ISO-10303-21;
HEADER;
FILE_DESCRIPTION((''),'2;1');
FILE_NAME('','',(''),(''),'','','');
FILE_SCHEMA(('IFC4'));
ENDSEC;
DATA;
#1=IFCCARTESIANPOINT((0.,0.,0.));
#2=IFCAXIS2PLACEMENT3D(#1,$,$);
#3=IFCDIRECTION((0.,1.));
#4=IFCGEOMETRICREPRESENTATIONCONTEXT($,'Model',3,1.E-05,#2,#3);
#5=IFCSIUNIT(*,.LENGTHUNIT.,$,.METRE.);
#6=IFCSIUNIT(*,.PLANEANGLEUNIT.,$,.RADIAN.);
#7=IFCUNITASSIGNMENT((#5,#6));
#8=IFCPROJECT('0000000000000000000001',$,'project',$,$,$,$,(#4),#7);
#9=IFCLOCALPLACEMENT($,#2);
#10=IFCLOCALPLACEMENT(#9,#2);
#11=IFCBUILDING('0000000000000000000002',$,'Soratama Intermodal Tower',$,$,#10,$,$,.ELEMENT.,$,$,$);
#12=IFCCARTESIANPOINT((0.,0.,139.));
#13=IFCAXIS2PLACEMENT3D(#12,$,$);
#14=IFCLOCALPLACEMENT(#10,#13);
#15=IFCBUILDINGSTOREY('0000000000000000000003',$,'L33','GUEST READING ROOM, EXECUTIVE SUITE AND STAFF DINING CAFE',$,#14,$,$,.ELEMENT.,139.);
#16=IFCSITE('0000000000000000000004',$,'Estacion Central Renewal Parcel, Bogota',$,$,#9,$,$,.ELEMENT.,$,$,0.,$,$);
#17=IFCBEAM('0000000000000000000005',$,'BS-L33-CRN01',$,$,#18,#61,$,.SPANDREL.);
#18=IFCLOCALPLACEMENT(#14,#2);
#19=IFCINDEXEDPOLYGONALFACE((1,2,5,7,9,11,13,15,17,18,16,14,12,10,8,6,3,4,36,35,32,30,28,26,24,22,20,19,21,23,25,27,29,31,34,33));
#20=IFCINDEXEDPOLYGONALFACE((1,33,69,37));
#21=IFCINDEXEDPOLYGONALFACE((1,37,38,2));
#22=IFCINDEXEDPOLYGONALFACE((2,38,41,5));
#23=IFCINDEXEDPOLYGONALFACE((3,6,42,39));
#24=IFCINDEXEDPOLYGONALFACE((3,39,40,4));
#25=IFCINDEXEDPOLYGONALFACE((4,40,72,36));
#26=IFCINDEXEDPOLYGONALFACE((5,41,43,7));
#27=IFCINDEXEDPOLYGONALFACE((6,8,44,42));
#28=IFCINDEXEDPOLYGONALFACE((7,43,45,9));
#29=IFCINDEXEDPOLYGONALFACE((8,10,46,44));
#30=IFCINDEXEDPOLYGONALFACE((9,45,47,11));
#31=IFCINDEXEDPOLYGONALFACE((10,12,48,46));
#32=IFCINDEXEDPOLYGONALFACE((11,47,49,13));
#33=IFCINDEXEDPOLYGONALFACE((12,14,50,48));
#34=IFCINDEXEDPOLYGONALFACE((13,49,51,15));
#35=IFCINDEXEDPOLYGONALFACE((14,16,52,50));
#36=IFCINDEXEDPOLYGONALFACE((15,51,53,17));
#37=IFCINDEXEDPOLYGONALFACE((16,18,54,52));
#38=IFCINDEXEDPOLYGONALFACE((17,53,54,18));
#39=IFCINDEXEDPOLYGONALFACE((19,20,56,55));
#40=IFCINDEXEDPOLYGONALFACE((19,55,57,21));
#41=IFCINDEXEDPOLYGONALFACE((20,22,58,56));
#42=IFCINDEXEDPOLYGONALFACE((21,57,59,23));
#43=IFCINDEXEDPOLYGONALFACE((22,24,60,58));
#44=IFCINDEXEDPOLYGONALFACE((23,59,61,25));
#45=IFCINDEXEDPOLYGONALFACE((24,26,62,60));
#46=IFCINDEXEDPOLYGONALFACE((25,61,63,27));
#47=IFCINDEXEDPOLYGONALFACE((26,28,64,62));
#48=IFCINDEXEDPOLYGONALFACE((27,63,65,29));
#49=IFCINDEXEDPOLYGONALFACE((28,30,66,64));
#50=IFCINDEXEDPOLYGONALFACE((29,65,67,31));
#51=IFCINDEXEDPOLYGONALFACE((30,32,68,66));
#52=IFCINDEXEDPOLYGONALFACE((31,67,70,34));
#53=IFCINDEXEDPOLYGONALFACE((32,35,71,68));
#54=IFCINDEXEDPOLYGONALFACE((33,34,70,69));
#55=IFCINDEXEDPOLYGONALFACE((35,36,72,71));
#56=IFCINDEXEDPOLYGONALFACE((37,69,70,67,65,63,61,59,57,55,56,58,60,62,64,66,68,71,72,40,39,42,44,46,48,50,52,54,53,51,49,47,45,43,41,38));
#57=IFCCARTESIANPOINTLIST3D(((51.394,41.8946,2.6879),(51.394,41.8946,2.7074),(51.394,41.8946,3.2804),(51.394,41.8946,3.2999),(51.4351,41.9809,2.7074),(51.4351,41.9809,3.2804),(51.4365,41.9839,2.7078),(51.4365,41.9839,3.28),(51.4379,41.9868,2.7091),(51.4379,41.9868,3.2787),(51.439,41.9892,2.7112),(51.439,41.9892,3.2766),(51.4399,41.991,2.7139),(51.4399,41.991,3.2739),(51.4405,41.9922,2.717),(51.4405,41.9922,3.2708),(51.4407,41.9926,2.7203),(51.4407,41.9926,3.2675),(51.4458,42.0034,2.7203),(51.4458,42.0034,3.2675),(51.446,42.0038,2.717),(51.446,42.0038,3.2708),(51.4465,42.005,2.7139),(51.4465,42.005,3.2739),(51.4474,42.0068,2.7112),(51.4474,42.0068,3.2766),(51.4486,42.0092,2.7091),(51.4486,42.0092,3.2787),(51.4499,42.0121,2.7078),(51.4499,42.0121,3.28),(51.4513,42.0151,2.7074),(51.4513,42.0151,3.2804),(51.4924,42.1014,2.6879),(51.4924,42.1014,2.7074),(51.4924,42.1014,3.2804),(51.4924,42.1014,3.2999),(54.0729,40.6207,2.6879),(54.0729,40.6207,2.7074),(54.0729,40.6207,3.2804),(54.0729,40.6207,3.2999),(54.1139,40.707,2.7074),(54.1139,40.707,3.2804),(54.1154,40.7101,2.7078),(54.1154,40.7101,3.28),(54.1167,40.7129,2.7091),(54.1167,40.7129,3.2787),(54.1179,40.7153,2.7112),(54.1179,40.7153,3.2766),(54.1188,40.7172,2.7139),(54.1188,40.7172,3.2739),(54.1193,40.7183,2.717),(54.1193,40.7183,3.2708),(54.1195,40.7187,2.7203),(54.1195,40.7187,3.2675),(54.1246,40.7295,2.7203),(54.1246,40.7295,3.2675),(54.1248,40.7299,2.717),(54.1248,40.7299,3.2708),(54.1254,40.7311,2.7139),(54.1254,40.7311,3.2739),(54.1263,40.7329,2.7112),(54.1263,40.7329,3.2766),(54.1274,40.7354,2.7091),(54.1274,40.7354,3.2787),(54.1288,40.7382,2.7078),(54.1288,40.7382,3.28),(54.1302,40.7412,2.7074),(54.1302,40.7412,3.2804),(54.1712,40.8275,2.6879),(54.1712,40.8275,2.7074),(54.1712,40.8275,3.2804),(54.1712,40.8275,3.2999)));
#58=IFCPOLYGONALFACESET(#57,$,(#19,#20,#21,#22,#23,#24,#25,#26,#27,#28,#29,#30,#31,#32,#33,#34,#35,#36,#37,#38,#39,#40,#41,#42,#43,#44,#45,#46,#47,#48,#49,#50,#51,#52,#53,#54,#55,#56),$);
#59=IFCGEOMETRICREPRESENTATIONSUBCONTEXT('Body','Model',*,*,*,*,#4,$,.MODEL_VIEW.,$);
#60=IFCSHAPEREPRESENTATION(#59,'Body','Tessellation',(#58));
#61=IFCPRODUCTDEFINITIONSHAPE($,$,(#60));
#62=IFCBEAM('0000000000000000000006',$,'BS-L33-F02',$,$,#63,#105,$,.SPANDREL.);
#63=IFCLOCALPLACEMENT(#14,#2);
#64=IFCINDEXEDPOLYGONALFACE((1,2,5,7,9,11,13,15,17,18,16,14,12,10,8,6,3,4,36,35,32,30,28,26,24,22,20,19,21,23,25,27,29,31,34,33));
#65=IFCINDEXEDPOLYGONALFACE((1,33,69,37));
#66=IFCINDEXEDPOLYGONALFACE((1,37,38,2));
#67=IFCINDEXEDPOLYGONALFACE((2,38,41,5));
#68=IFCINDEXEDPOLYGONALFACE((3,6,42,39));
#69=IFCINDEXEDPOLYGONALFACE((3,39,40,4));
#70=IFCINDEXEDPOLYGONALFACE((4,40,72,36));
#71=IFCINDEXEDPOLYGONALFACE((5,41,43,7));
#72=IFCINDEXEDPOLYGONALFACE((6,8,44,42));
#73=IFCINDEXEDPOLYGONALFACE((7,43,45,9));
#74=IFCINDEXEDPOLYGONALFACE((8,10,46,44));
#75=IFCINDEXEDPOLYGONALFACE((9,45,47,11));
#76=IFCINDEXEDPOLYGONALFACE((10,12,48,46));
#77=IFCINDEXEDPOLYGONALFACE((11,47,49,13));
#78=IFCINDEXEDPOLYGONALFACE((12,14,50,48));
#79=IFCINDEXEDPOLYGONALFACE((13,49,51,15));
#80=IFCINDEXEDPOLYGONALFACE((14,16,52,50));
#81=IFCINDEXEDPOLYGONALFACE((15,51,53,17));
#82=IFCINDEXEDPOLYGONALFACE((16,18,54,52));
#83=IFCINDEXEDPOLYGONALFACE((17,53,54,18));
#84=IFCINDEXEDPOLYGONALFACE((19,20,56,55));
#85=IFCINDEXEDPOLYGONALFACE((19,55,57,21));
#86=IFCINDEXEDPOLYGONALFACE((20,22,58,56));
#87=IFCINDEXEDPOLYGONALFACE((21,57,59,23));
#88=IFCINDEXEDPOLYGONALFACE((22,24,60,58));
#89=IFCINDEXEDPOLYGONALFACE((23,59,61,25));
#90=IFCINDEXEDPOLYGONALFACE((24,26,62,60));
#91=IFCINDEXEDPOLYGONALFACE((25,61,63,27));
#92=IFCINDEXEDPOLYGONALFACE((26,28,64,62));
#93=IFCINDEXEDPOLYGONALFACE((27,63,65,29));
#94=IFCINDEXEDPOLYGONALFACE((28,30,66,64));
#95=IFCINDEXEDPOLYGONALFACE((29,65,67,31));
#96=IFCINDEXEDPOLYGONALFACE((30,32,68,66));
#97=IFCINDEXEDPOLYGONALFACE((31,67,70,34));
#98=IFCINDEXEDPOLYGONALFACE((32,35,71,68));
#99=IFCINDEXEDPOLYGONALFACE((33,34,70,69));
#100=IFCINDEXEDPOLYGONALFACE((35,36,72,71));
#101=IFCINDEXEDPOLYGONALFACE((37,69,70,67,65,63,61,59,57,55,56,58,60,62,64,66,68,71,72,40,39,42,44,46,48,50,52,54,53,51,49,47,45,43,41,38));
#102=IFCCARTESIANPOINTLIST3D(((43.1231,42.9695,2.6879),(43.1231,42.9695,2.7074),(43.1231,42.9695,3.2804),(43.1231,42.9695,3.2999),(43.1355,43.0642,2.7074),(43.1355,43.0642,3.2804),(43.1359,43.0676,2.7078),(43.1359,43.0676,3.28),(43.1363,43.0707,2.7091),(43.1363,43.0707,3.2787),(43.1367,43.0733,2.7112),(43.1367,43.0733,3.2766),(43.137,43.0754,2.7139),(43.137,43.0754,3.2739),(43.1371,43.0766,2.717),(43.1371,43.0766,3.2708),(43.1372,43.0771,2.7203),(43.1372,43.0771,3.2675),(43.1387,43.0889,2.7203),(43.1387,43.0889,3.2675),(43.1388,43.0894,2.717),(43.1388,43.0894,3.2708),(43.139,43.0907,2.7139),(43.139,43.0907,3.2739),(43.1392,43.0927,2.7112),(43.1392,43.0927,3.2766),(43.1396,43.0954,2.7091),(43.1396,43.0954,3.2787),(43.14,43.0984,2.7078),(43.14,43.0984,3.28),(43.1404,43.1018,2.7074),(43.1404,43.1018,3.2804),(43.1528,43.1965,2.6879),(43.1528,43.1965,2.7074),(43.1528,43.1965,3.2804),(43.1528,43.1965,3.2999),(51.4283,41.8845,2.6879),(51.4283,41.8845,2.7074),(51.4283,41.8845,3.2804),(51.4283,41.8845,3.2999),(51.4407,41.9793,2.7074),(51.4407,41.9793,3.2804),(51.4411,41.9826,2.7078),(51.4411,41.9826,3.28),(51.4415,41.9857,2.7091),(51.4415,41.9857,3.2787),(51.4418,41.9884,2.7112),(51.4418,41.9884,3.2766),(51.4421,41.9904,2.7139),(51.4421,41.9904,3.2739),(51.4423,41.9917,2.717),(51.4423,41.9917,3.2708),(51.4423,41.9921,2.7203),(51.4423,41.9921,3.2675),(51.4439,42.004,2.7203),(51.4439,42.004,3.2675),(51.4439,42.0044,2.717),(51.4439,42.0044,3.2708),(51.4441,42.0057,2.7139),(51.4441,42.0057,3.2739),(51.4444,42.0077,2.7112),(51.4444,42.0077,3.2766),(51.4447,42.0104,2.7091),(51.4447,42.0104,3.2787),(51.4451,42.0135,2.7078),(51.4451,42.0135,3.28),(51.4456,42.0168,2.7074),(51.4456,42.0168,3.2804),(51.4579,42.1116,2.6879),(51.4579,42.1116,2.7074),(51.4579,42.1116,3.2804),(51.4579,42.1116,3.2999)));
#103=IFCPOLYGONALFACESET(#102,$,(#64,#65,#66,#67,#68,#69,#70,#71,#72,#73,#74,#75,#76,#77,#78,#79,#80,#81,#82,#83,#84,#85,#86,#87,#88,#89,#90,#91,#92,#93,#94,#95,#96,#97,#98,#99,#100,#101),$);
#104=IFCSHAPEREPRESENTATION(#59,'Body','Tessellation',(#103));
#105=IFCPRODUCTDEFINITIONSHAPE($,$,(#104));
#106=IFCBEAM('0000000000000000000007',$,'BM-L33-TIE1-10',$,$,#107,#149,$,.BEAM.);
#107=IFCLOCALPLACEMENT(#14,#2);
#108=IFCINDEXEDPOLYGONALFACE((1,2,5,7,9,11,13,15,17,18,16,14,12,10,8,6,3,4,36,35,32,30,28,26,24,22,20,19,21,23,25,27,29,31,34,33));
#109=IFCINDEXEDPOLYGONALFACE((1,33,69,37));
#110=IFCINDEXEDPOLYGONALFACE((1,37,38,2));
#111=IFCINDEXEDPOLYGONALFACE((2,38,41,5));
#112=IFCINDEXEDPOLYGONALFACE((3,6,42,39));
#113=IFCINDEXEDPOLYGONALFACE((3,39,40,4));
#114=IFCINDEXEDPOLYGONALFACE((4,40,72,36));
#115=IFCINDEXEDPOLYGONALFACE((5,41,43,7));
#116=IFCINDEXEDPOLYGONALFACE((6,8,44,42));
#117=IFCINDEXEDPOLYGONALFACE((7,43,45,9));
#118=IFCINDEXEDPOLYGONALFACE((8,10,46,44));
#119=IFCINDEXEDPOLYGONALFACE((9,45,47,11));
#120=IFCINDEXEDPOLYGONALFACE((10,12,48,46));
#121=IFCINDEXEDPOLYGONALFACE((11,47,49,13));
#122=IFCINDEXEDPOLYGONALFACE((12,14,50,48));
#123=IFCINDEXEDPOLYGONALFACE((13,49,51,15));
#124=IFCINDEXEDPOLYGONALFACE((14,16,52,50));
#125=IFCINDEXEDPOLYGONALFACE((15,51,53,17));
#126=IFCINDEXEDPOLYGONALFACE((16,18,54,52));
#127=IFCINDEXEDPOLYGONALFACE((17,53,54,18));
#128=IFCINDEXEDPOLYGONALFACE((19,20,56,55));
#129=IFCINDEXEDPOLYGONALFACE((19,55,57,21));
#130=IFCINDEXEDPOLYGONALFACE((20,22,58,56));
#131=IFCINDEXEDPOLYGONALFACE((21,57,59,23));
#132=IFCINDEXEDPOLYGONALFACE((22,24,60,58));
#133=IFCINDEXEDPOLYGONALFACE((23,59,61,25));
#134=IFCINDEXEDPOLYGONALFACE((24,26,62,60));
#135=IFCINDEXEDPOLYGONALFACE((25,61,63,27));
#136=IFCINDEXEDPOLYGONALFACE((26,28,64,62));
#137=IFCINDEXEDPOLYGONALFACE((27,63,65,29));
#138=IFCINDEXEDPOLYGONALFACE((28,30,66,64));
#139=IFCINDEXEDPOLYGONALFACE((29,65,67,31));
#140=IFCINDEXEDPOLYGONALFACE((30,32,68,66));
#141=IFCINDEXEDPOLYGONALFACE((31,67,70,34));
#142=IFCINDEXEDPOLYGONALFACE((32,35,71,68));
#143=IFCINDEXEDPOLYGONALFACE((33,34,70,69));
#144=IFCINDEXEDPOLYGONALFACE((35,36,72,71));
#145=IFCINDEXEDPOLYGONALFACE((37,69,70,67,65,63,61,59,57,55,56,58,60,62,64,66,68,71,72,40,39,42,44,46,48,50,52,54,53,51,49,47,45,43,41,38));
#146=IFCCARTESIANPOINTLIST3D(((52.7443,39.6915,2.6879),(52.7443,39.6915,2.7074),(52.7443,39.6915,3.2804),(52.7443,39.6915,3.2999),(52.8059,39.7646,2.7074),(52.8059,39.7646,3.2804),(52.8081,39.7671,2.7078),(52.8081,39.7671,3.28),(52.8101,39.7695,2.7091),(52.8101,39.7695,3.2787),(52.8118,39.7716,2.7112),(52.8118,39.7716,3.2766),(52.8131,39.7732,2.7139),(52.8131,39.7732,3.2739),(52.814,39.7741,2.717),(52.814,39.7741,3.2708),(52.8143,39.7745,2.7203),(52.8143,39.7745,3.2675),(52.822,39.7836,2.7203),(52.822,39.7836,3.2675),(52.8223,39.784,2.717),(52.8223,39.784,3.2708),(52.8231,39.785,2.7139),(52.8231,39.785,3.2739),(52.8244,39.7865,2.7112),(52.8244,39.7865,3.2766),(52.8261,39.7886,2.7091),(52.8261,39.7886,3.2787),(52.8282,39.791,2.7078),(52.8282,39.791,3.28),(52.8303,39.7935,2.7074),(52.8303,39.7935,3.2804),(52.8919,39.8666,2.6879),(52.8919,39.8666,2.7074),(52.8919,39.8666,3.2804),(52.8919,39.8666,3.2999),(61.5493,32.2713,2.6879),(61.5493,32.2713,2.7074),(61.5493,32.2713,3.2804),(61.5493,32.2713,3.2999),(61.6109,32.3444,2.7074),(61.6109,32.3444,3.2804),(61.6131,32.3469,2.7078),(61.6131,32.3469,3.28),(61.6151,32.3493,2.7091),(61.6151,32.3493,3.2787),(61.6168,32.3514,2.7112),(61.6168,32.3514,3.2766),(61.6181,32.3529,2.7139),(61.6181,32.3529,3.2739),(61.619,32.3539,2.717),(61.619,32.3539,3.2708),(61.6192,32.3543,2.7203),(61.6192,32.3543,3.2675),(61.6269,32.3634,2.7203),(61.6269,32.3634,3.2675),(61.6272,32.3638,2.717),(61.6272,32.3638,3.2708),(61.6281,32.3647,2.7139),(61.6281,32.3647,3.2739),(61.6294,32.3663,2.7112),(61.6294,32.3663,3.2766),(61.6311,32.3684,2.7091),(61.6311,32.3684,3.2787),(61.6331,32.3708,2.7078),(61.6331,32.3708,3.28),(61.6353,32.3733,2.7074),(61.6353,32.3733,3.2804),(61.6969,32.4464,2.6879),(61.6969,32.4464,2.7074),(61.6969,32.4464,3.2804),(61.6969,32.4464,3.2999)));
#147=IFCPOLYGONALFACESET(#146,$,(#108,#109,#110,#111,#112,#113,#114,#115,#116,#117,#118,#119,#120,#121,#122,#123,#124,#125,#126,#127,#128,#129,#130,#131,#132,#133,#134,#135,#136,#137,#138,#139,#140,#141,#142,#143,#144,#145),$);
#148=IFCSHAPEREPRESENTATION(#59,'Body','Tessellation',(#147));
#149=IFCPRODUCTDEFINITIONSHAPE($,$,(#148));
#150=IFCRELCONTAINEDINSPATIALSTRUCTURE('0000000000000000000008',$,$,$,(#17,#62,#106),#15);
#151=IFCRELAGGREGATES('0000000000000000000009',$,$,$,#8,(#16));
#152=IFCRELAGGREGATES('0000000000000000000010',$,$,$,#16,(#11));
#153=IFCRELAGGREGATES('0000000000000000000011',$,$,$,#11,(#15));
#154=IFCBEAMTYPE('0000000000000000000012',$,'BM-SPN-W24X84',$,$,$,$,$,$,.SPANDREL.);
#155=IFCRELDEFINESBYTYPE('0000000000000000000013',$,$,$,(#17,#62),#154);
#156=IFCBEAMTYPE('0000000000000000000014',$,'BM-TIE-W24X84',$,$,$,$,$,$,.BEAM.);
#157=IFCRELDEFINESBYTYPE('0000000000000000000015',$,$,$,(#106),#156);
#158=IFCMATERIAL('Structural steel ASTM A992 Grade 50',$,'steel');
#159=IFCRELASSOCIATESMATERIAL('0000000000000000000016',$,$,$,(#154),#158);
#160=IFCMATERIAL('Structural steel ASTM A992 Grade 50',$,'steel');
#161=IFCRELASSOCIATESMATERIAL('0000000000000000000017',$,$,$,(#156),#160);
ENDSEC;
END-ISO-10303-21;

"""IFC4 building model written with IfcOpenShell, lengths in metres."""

from ifc_helpers import new_model, si_unit, direction, frame, origin, origin_2d, place, context, subcontext, project, spatial, i_section, extrude, material, material_profile, profile_set, type_object, element, save


model = new_model("IFC4")

# Units and contexts
model_context = context("Model", 3, precision=1e-05, world=origin(), true_north=direction((0.0, 1.0)))
body_context = subcontext(model_context, "Body", "Model", "MODEL_VIEW")
ifc_project = project(units=[si_unit("LENGTHUNIT", "METRE"), si_unit("PLANEANGLEUNIT", "RADIAN")], contexts=[model_context])

# Site, building, storey
site_placement = place(None, origin())
site = spatial("IfcSite", under=ifc_project, at=site_placement, Name="Estacion Central Renewal Parcel, Bogota", CompositionType="ELEMENT", RefElevation=0.0)
building_placement = place(site_placement, origin())
building = spatial("IfcBuilding", under=site, at=building_placement, Name="Soratama Intermodal Tower", CompositionType="ELEMENT")
storey_placement = place(building_placement, frame((0.0, 0.0, 139.0)))
storey = spatial("IfcBuildingStorey", under=building, at=storey_placement, Name="L33", Description="GUEST READING ROOM, EXECUTIVE SUITE AND STAFF DINING CAFE", CompositionType="ELEMENT", Elevation=139.0)

# Beams
ifc_material_1 = material(Name="Structural steel ASTM A992 Grade 50", Category="steel")
ifc_material_profile_1 = material_profile(ifc_material_1, i_section(OverallWidth=0.229, OverallDepth=0.6121, WebThickness=0.012, FlangeThickness=0.0195, FilletRadius=0.0129, at=origin_2d()), Name="W24X84")
ifc_profile_set_1 = profile_set([ifc_material_profile_1], Name="Structural steel ASTM A992 Grade 50")
beam_type_1 = type_object("IfcBeamType", Name="BM-SPN-W24X84", PredefinedType="SPANDREL", material=ifc_profile_set_1)
beam_1_placement = place(storey_placement, frame((54.1221, 40.7241, 2.9939), z_axis=(-0.903092, 0.429448, 0.0), x_axis=(-0.429448, -0.903092, 0.0)))
element("IfcBeam", 1, at=beam_1_placement, inside=storey, type_object=beam_type_1, Name="BS-L33-CRN01", PredefinedType="SPANDREL", context=body_context, shape_type="SweptSolid", body=[
    extrude(i_section(OverallWidth=0.229, OverallDepth=0.6121, WebThickness=0.012, FlangeThickness=0.0195, FilletRadius=0.0129, at=origin_2d()), origin(), (0.0, 0.0, 1.0), 2.9663),
])
beam_2_placement = place(storey_placement, frame((51.4431, 41.998, 2.9939), z_axis=(-0.991575, 0.129536, 0.0), x_axis=(-0.129536, -0.991575, 0.0)))
element("IfcBeam", 2, at=beam_2_placement, inside=storey, type_object=beam_type_1, Name="BS-L33-F02", PredefinedType="SPANDREL", context=body_context, shape_type="SweptSolid", body=[
    extrude(i_section(OverallWidth=0.229, OverallDepth=0.6121, WebThickness=0.012, FlangeThickness=0.0195, FilletRadius=0.0129, at=origin_2d()), origin(), (0.0, 0.0, 1.0), 8.3757),
])
ifc_material_2 = material(Name="Structural steel ASTM A992 Grade 50", Category="steel")
ifc_material_profile_2 = material_profile(ifc_material_2, i_section(OverallWidth=0.229, OverallDepth=0.6121, WebThickness=0.012, FlangeThickness=0.0195, FilletRadius=0.0129, at=origin_2d()), Name="W24X84")
ifc_profile_set_2 = profile_set([ifc_material_profile_2], Name="Structural steel ASTM A992 Grade 50")
beam_type_2 = type_object("IfcBeamType", Name="BM-TIE-W24X84", PredefinedType="BEAM", material=ifc_profile_set_2)
beam_3_placement = place(storey_placement, frame((52.8181, 39.7791, 2.9939), z_axis=(0.764676, -0.644414, 0.0), x_axis=(0.644414, 0.764676, 0.0)))
element("IfcBeam", 3, at=beam_3_placement, inside=storey, type_object=beam_type_2, Name="BM-L33-TIE1-10", PredefinedType="BEAM", context=body_context, shape_type="SweptSolid", body=[
    extrude(i_section(OverallWidth=0.229, OverallDepth=0.6121, WebThickness=0.012, FlangeThickness=0.0195, FilletRadius=0.0129, at=origin_2d()), origin(), (0.0, 0.0, 1.0), 11.5146),
])

save(model, "model.ifc")
